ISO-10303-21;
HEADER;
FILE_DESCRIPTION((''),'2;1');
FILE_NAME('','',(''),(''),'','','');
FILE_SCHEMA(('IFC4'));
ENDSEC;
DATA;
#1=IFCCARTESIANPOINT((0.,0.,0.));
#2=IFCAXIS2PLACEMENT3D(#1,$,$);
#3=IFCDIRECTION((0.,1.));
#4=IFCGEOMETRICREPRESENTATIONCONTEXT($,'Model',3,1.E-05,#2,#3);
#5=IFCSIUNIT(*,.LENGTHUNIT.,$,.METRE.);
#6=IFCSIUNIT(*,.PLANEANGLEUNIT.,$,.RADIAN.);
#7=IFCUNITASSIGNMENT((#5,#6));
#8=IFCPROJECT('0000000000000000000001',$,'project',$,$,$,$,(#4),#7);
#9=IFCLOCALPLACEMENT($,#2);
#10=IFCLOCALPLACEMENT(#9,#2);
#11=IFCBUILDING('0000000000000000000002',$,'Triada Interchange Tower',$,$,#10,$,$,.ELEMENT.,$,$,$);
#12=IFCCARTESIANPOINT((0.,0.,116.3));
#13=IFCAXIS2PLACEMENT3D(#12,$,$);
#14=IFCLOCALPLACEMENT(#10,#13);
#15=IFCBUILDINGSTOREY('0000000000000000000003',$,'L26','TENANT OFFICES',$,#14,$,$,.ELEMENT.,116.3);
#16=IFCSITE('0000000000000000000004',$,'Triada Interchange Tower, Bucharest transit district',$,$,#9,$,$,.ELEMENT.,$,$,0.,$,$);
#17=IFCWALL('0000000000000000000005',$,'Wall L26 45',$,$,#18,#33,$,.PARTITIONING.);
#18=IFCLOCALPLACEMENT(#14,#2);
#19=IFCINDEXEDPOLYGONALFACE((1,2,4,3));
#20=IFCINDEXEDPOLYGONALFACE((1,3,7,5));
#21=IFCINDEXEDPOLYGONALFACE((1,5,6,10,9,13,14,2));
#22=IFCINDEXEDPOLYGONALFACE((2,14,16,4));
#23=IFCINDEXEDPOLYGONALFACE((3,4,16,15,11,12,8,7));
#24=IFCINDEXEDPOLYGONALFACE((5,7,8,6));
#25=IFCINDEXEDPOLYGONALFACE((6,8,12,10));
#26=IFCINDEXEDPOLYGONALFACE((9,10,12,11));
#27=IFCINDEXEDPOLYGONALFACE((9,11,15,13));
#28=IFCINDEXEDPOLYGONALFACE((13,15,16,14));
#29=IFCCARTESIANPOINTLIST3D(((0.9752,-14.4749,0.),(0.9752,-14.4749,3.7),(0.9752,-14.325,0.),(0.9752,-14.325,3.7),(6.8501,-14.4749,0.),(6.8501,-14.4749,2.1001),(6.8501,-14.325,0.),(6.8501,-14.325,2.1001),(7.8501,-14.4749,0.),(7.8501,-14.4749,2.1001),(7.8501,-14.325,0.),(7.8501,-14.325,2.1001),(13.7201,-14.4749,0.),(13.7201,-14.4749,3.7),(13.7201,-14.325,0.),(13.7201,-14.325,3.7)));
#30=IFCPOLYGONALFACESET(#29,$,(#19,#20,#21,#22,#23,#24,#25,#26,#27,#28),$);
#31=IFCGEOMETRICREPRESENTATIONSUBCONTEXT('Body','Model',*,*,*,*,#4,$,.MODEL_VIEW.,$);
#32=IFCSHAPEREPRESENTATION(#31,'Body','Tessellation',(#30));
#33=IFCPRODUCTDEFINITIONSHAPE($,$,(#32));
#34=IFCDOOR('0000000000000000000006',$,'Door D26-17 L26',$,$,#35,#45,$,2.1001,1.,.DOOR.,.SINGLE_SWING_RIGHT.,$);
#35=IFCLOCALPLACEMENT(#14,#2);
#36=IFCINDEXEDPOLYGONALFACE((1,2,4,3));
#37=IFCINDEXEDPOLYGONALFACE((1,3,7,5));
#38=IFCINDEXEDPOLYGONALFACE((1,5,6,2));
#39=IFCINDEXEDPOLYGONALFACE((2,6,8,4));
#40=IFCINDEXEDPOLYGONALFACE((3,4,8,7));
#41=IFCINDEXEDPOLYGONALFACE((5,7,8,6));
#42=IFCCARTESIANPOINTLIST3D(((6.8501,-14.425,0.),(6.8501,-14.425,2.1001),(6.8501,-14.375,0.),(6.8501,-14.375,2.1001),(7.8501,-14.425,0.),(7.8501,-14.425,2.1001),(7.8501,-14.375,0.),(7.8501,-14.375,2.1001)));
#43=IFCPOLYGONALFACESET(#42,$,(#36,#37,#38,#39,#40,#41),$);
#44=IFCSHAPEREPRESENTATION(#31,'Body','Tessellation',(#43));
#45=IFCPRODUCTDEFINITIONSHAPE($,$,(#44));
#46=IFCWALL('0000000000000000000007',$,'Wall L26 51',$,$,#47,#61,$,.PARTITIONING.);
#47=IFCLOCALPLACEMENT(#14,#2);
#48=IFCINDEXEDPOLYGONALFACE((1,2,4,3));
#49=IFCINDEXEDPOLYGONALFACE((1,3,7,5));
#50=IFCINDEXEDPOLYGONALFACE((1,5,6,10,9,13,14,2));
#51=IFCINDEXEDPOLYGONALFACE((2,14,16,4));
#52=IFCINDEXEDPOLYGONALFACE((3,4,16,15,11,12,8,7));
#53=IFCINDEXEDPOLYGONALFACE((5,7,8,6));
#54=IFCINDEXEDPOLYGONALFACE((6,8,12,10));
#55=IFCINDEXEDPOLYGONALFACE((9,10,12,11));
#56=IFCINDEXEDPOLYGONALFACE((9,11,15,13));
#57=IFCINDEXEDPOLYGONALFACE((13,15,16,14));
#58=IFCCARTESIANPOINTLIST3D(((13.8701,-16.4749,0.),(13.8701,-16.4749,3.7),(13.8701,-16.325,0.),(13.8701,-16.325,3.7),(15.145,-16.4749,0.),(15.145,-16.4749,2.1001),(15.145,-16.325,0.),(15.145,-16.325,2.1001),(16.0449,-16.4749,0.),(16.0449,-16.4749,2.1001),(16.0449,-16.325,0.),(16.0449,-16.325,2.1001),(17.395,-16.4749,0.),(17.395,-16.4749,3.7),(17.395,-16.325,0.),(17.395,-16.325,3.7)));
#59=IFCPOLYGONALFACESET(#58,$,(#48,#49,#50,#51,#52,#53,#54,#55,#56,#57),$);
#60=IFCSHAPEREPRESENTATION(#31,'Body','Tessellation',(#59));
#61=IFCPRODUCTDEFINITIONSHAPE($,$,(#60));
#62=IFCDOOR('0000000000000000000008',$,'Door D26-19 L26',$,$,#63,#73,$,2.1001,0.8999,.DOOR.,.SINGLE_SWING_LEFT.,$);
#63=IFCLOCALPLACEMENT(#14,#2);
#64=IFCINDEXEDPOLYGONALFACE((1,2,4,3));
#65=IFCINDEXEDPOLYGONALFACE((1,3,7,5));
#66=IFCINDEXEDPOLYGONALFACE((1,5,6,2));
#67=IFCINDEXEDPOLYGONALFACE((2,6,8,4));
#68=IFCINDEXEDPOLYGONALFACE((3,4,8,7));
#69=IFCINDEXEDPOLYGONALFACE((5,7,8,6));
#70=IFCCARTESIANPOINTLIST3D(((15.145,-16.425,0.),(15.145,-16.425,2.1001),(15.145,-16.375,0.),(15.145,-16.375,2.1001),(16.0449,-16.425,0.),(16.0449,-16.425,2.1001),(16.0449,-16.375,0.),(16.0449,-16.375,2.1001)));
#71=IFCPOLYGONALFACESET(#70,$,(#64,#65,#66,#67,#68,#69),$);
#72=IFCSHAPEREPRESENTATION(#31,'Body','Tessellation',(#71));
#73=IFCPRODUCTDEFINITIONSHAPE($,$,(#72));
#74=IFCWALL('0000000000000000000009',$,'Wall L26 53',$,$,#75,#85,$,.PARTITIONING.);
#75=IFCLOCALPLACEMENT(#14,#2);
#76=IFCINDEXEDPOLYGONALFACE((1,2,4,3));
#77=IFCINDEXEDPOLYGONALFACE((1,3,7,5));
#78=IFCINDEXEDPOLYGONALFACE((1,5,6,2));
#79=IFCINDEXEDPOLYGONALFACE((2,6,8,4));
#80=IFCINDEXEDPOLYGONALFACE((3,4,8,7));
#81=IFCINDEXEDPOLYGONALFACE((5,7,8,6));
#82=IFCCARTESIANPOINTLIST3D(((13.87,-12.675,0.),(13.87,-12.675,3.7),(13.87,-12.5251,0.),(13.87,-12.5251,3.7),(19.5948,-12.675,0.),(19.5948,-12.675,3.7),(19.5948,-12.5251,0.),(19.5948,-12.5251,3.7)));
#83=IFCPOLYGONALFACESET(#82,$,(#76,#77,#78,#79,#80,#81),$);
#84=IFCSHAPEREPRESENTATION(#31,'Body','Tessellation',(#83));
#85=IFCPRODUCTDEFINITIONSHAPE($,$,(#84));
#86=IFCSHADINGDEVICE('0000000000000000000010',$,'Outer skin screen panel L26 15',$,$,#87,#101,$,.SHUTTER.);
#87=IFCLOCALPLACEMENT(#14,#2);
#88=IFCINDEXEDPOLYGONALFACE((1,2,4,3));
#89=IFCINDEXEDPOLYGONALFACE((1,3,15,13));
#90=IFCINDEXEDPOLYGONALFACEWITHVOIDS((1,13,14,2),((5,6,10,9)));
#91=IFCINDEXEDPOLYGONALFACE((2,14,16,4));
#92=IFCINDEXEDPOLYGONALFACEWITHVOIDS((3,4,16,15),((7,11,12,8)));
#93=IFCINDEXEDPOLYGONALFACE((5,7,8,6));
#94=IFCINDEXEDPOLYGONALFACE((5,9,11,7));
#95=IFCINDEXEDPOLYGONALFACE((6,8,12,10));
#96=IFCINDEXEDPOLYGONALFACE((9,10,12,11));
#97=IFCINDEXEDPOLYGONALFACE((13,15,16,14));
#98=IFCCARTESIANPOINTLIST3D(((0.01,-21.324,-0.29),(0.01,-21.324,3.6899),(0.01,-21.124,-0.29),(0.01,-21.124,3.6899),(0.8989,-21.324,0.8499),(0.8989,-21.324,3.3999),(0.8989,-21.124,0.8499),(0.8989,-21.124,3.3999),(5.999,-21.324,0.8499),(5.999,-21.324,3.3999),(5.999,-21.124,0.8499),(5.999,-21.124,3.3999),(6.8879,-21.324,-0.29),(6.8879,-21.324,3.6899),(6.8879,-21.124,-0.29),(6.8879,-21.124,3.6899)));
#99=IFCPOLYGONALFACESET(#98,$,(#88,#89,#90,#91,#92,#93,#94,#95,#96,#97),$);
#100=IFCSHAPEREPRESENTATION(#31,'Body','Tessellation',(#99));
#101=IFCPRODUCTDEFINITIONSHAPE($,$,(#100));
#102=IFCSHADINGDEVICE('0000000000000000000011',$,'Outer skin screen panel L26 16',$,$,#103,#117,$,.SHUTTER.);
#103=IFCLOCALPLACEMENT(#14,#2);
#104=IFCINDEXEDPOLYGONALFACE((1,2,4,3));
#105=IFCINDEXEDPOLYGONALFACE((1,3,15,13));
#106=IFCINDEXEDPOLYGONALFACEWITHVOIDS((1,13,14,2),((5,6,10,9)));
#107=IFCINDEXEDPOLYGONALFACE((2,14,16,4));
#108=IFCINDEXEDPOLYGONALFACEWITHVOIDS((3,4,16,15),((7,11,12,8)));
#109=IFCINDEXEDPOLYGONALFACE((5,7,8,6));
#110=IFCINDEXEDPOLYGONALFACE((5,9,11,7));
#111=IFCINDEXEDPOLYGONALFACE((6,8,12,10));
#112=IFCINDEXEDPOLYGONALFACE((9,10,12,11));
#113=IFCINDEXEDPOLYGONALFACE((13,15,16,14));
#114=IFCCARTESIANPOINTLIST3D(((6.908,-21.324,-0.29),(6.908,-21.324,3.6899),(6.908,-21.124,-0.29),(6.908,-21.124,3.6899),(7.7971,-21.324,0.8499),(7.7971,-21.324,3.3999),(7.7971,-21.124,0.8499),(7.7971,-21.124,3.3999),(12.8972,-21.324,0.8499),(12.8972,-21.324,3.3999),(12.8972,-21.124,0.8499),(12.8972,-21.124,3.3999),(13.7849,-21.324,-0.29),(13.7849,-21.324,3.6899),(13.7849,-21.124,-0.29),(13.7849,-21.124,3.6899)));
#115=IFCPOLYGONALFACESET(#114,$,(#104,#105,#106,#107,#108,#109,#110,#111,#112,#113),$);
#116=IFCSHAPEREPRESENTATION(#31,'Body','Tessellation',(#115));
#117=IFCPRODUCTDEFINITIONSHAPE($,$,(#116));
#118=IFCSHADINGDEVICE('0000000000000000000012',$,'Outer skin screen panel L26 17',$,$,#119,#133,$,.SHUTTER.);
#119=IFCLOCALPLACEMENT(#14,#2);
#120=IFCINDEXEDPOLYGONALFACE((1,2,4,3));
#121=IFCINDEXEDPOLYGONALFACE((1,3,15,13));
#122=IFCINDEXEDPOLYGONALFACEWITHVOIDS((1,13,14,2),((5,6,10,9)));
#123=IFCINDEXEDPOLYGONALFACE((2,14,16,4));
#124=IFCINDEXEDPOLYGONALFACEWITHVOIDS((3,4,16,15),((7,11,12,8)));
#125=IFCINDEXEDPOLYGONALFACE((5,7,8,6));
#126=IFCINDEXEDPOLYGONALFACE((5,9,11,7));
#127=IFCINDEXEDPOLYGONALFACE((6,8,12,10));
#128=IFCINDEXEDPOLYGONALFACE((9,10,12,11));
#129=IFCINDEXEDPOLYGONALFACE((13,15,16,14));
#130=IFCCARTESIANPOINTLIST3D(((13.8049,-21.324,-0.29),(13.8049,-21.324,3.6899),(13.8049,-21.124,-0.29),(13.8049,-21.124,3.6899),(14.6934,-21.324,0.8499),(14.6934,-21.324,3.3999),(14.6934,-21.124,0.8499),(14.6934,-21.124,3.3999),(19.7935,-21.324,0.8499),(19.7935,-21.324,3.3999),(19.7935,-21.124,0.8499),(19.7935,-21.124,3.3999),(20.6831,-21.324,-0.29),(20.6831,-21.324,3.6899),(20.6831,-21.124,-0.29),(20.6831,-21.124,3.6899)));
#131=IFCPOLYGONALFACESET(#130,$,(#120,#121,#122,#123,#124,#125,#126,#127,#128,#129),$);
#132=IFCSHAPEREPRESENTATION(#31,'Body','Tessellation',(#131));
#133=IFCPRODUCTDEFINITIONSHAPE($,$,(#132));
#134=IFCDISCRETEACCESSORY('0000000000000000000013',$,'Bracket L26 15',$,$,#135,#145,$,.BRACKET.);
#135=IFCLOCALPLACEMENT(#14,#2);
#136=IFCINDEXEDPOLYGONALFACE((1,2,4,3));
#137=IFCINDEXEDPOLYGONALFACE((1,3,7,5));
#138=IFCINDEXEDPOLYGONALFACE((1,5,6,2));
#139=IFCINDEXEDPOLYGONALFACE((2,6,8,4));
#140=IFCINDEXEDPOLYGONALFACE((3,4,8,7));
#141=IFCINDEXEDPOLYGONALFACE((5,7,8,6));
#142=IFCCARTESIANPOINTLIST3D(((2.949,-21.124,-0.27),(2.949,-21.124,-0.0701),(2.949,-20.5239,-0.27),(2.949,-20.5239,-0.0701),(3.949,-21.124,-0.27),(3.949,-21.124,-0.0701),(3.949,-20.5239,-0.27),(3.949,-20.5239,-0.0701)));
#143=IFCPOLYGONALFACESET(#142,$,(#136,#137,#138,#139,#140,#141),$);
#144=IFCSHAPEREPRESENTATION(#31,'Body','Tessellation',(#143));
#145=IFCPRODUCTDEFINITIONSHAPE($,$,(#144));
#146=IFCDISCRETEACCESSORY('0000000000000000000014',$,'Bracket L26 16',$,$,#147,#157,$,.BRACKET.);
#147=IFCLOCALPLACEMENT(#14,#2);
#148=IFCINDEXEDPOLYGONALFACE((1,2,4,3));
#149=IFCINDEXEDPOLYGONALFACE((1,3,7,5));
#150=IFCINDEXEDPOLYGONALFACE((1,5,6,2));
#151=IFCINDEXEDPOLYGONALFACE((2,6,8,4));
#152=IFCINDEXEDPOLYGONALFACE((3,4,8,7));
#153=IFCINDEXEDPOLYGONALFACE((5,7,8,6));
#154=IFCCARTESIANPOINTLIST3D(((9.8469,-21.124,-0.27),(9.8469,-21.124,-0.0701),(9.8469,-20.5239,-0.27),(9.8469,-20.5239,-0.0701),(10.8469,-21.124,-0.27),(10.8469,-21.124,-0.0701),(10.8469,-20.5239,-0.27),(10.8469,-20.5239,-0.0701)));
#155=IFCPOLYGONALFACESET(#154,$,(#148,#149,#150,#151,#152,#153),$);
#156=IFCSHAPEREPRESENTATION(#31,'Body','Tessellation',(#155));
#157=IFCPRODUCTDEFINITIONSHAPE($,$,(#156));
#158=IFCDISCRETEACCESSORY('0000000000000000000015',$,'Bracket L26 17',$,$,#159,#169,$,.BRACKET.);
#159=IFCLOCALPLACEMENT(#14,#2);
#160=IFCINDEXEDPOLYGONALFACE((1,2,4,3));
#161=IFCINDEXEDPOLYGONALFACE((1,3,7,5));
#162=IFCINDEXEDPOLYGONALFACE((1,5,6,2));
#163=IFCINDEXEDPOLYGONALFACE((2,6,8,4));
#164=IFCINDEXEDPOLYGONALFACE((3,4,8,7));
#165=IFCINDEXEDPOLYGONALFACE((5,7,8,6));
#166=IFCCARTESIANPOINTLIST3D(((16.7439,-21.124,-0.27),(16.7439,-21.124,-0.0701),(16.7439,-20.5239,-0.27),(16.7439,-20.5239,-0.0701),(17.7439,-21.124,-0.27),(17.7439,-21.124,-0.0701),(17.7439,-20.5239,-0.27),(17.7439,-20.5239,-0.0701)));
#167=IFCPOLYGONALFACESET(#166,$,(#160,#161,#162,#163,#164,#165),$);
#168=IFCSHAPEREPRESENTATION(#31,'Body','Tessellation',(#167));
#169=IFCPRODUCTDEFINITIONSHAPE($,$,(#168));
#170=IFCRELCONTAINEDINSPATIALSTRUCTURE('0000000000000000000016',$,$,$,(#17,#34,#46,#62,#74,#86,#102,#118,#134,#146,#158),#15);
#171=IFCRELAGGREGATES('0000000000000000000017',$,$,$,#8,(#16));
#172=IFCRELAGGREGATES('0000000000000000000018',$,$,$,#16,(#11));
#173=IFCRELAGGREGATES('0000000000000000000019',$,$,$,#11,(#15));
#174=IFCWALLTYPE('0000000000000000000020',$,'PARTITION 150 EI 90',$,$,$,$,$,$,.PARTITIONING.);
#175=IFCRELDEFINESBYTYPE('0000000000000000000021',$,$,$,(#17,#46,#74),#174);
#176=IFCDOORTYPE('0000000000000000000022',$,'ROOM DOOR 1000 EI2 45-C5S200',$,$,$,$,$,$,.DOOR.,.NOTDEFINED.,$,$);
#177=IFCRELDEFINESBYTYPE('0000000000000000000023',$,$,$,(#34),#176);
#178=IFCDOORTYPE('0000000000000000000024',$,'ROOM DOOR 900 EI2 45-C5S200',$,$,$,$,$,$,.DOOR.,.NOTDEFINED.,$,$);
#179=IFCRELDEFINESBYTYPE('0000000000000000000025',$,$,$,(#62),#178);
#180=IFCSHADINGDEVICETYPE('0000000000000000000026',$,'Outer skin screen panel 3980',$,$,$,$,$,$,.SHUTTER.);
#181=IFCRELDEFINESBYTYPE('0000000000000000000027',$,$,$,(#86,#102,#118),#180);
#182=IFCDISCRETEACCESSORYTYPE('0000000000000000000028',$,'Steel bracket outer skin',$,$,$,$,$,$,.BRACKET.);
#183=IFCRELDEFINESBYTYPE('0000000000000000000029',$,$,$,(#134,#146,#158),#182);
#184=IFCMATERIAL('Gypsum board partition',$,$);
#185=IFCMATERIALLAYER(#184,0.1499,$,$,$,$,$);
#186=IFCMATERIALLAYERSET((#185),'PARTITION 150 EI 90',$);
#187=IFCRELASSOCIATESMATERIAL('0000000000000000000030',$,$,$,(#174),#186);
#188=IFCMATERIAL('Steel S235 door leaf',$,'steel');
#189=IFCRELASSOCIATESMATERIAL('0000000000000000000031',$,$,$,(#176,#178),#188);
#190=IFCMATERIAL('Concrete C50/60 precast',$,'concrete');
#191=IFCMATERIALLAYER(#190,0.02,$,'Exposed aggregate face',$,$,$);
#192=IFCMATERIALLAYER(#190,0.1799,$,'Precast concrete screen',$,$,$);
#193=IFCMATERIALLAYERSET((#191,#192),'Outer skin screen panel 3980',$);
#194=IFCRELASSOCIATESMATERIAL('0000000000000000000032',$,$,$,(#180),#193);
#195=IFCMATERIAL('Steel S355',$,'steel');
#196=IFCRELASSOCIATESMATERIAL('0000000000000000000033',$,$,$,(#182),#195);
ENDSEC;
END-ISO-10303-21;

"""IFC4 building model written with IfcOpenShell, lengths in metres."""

from ifc_helpers import new_model, si_unit, direction, frame, frame_2d, origin, origin_2d, place, context, subcontext, project, spatial, polyline, rectangle, outline, extrude, material, layer, layer_set, type_object, element, fill, save


model = new_model("IFC4")

# Units and contexts
model_context = context("Model", 3, precision=1e-05, world=origin(), true_north=direction((0.0, 1.0)))
body_context = subcontext(model_context, "Body", "Model", "MODEL_VIEW")
ifc_project = project(units=[si_unit("LENGTHUNIT", "METRE"), si_unit("PLANEANGLEUNIT", "RADIAN")], contexts=[model_context])

# Site, building, storey
site_placement = place(None, origin())
site = spatial("IfcSite", under=ifc_project, at=site_placement, Name="Triada Interchange Tower, Bucharest transit district", CompositionType="ELEMENT", RefElevation=0.0)
building_placement = place(site_placement, origin())
building = spatial("IfcBuilding", under=site, at=building_placement, Name="Triada Interchange Tower", CompositionType="ELEMENT")
storey_placement = place(building_placement, frame((0.0, 0.0, 116.3)))
storey = spatial("IfcBuildingStorey", under=building, at=storey_placement, Name="L26", Description="TENANT OFFICES", CompositionType="ELEMENT", Elevation=116.3)

# Shared definitions
ifc_material_1 = material(Name="Gypsum board partition")
ifc_material_2 = material(Name="Steel S235 door leaf", Category="steel")

# Walls, openings, doors
ifc_layer_1 = layer(ifc_material_1, 0.1499)
ifc_layer_set_1 = layer_set([ifc_layer_1], Name="PARTITION 150 EI 90")
wall_type_1 = type_object("IfcWallType", Name="PARTITION 150 EI 90", PredefinedType="PARTITIONING", material=ifc_layer_set_1)
wall_1_placement = place(storey_placement, frame((0.9751, -14.3999, 0.0), z_axis=(0.0, 0.0, 1.0), x_axis=(1.0, 0.0, 0.0)))
wall_1 = element("IfcWall", 1, at=wall_1_placement, inside=storey, type_object=wall_type_1, Name="Wall L26 45", PredefinedType="PARTITIONING", context=body_context, shape_type="SweptSolid", body=[
    extrude(rectangle(XDim=12.7449, YDim=0.1499, at=frame_2d((6.3726, 0.0))), origin(), (0.0, 0.0, 1.0), 3.7),
])
opening_1_placement = place(wall_1_placement, frame((5.875, 0.0, 0.0)))
opening_1 = element("IfcOpeningElement", 2, at=opening_1_placement, cuts=wall_1, PredefinedType="OPENING", context=body_context, shape_type="SweptSolid", body=[
    extrude(rectangle(XDim=1.0, YDim=2.1001, at=frame_2d((0.5, 1.05))), frame((0.0, 0.085, 0.0), z_axis=(0.0, -1.0, 0.0), x_axis=(1.0, 0.0, 0.0)), (0.0, 0.0, 1.0), 0.1699),
])
door_type_1 = type_object("IfcDoorType", Name="ROOM DOOR 1000 EI2 45-C5S200", OperationType="NOTDEFINED", PredefinedType="DOOR", material=ifc_material_2)
door_1_placement = place(opening_1_placement, origin())
door_1 = element("IfcDoor", 3, at=door_1_placement, inside=storey, type_object=door_type_1, Name="Door D26-17 L26", OperationType="SINGLE_SWING_RIGHT", OverallHeight=2.1001, OverallWidth=1.0, PredefinedType="DOOR", context=body_context, shape_type="SweptSolid", body=[
    extrude(rectangle(XDim=1.0, YDim=2.1001, at=frame_2d((0.5, 1.05))), frame((0.0, 0.0249, 0.0), z_axis=(0.0, -1.0, 0.0), x_axis=(1.0, 0.0, 0.0)), (0.0, 0.0, 1.0), 0.05),
])
fill(opening_1, door_1)
wall_2_placement = place(storey_placement, frame((13.8701, -16.3999, 0.0), z_axis=(0.0, 0.0, 1.0), x_axis=(1.0, 0.0, 0.0)))
wall_2 = element("IfcWall", 4, at=wall_2_placement, inside=storey, type_object=wall_type_1, Name="Wall L26 51", PredefinedType="PARTITIONING", context=body_context, shape_type="SweptSolid", body=[
    extrude(rectangle(XDim=3.5249, YDim=0.1499, at=frame_2d((1.7625, 0.0))), origin(), (0.0, 0.0, 1.0), 3.7),
])
opening_2_placement = place(wall_2_placement, frame((1.2749, 0.0, 0.0)))
opening_2 = element("IfcOpeningElement", 5, at=opening_2_placement, cuts=wall_2, PredefinedType="OPENING", context=body_context, shape_type="SweptSolid", body=[
    extrude(rectangle(XDim=0.8999, YDim=2.1001, at=frame_2d((0.45, 1.05))), frame((0.0, 0.085, 0.0), z_axis=(0.0, -1.0, 0.0), x_axis=(1.0, 0.0, 0.0)), (0.0, 0.0, 1.0), 0.1699),
])
door_type_2 = type_object("IfcDoorType", Name="ROOM DOOR 900 EI2 45-C5S200", OperationType="NOTDEFINED", PredefinedType="DOOR", material=ifc_material_2)
door_2_placement = place(opening_2_placement, origin())
door_2 = element("IfcDoor", 6, at=door_2_placement, inside=storey, type_object=door_type_2, Name="Door D26-19 L26", OperationType="SINGLE_SWING_LEFT", OverallHeight=2.1001, OverallWidth=0.8999, PredefinedType="DOOR", context=body_context, shape_type="SweptSolid", body=[
    extrude(rectangle(XDim=0.8999, YDim=2.1001, at=frame_2d((0.45, 1.05))), frame((0.0, 0.0249, 0.0), z_axis=(0.0, -1.0, 0.0), x_axis=(1.0, 0.0, 0.0)), (0.0, 0.0, 1.0), 0.05),
])
fill(opening_2, door_2)

# Wall
wall_3_placement = place(storey_placement, frame((13.8701, -12.6001, 0.0), z_axis=(0.0, 0.0, 1.0), x_axis=(1.0, 0.0, 0.0)))
element("IfcWall", 7, at=wall_3_placement, inside=storey, type_object=wall_type_1, Name="Wall L26 53", PredefinedType="PARTITIONING", context=body_context, shape_type="SweptSolid", body=[
    extrude(rectangle(XDim=5.7249, YDim=0.1499, at=frame_2d((2.8623, 0.0))), origin(), (0.0, 0.0, 1.0), 3.7),
])

# Shading devices
ifc_material_3 = material(Name="Concrete C50/60 precast", Category="concrete")
ifc_layer_2 = layer(ifc_material_3, 0.02, Name="Exposed aggregate face")
ifc_layer_3 = layer(ifc_material_3, 0.1799, Name="Precast concrete screen")
ifc_layer_set_2 = layer_set([ifc_layer_2, ifc_layer_3], Name="Outer skin screen panel 3980")
shading_device_type = type_object("IfcShadingDeviceType", Name="Outer skin screen panel 3980", PredefinedType="SHUTTER", material=ifc_layer_set_2)
shading_device_1_placement = place(storey_placement, frame((0.01, -21.124, -0.29), z_axis=(0.0, 0.0, 1.0), x_axis=(1.0, 0.0, 0.0)))
element("IfcShadingDevice", 8, at=shading_device_1_placement, inside=storey, type_object=shading_device_type, Name="Outer skin screen panel L26 15", PredefinedType="SHUTTER", context=body_context, shape_type="SweptSolid", body=[
    extrude(outline(polyline([(0.0, 0.0), (6.8779, 0.0), (6.8779, 3.98), (0.0, 3.98), (0.0, 0.0)]), holes=[polyline([(0.8889, 1.1399), (0.8889, 3.6899), (5.989, 3.6899), (5.989, 1.1399), (0.8889, 1.1399)])]), frame((0.0, 0.0, 0.0), z_axis=(0.0, -1.0, 0.0), x_axis=(1.0, 0.0, 0.0)), (0.0, 0.0, 1.0), 0.2),
])
shading_device_2_placement = place(storey_placement, frame((6.908, -21.124, -0.29), z_axis=(0.0, 0.0, 1.0), x_axis=(1.0, 0.0, 0.0)))
element("IfcShadingDevice", 9, at=shading_device_2_placement, inside=storey, type_object=shading_device_type, Name="Outer skin screen panel L26 16", PredefinedType="SHUTTER", context=body_context, shape_type="SweptSolid", body=[
    extrude(outline(polyline([(0.0, 0.0), (6.877, 0.0), (6.877, 3.98), (0.0, 3.98), (0.0, 0.0)]), holes=[polyline([(0.8892, 1.1399), (0.8892, 3.6899), (5.9893, 3.6899), (5.9893, 1.1399), (0.8892, 1.1399)])]), frame((0.0, 0.0, 0.0), z_axis=(0.0, -1.0, 0.0), x_axis=(1.0, 0.0, 0.0)), (0.0, 0.0, 1.0), 0.2),
])
shading_device_3_placement = place(storey_placement, frame((13.8049, -21.124, -0.29), z_axis=(0.0, 0.0, 1.0), x_axis=(1.0, 0.0, 0.0)))
element("IfcShadingDevice", 10, at=shading_device_3_placement, inside=storey, type_object=shading_device_type, Name="Outer skin screen panel L26 17", PredefinedType="SHUTTER", context=body_context, shape_type="SweptSolid", body=[
    extrude(outline(polyline([(0.0, 0.0), (6.8782, 0.0), (6.8782, 3.98), (0.0, 3.98), (0.0, 0.0)]), holes=[polyline([(0.8884, 1.1399), (0.8884, 3.6899), (5.9885, 3.6899), (5.9885, 1.1399), (0.8884, 1.1399)])]), frame((0.0, 0.0, 0.0), z_axis=(0.0, -1.0, 0.0), x_axis=(1.0, 0.0, 0.0)), (0.0, 0.0, 1.0), 0.2),
])

# Discrete accessories
ifc_material_4 = material(Name="Steel S355", Category="steel")
discrete_accessory_type = type_object("IfcDiscreteAccessoryType", Name="Steel bracket outer skin", PredefinedType="BRACKET", material=ifc_material_4)
for number, where, z_axis, x_axis, name in (
    (11, (3.449, -20.824, -0.27), (0.0, 0.0, 1.0), (0.0, -1.0, 0.0), "Bracket L26 15"),
    (12, (10.3469, -20.824, -0.27), (0.0, 0.0, 1.0), (0.0, -1.0, 0.0), "Bracket L26 16"),
    (13, (17.2439, -20.824, -0.27), (0.0, 0.0, 1.0), (0.0, -1.0, 0.0), "Bracket L26 17"),
):
    element("IfcDiscreteAccessory", number, at=place(storey_placement, frame(where, z_axis=z_axis, x_axis=x_axis)), inside=storey, type_object=discrete_accessory_type, Name=name, PredefinedType="BRACKET", context=body_context, shape_type="SweptSolid", body=[
        extrude(rectangle(XDim=0.6001, YDim=1.0, at=origin_2d()), origin(), (0.0, 0.0, 1.0), 0.2),
    ])

save(model, "model.ifc")
